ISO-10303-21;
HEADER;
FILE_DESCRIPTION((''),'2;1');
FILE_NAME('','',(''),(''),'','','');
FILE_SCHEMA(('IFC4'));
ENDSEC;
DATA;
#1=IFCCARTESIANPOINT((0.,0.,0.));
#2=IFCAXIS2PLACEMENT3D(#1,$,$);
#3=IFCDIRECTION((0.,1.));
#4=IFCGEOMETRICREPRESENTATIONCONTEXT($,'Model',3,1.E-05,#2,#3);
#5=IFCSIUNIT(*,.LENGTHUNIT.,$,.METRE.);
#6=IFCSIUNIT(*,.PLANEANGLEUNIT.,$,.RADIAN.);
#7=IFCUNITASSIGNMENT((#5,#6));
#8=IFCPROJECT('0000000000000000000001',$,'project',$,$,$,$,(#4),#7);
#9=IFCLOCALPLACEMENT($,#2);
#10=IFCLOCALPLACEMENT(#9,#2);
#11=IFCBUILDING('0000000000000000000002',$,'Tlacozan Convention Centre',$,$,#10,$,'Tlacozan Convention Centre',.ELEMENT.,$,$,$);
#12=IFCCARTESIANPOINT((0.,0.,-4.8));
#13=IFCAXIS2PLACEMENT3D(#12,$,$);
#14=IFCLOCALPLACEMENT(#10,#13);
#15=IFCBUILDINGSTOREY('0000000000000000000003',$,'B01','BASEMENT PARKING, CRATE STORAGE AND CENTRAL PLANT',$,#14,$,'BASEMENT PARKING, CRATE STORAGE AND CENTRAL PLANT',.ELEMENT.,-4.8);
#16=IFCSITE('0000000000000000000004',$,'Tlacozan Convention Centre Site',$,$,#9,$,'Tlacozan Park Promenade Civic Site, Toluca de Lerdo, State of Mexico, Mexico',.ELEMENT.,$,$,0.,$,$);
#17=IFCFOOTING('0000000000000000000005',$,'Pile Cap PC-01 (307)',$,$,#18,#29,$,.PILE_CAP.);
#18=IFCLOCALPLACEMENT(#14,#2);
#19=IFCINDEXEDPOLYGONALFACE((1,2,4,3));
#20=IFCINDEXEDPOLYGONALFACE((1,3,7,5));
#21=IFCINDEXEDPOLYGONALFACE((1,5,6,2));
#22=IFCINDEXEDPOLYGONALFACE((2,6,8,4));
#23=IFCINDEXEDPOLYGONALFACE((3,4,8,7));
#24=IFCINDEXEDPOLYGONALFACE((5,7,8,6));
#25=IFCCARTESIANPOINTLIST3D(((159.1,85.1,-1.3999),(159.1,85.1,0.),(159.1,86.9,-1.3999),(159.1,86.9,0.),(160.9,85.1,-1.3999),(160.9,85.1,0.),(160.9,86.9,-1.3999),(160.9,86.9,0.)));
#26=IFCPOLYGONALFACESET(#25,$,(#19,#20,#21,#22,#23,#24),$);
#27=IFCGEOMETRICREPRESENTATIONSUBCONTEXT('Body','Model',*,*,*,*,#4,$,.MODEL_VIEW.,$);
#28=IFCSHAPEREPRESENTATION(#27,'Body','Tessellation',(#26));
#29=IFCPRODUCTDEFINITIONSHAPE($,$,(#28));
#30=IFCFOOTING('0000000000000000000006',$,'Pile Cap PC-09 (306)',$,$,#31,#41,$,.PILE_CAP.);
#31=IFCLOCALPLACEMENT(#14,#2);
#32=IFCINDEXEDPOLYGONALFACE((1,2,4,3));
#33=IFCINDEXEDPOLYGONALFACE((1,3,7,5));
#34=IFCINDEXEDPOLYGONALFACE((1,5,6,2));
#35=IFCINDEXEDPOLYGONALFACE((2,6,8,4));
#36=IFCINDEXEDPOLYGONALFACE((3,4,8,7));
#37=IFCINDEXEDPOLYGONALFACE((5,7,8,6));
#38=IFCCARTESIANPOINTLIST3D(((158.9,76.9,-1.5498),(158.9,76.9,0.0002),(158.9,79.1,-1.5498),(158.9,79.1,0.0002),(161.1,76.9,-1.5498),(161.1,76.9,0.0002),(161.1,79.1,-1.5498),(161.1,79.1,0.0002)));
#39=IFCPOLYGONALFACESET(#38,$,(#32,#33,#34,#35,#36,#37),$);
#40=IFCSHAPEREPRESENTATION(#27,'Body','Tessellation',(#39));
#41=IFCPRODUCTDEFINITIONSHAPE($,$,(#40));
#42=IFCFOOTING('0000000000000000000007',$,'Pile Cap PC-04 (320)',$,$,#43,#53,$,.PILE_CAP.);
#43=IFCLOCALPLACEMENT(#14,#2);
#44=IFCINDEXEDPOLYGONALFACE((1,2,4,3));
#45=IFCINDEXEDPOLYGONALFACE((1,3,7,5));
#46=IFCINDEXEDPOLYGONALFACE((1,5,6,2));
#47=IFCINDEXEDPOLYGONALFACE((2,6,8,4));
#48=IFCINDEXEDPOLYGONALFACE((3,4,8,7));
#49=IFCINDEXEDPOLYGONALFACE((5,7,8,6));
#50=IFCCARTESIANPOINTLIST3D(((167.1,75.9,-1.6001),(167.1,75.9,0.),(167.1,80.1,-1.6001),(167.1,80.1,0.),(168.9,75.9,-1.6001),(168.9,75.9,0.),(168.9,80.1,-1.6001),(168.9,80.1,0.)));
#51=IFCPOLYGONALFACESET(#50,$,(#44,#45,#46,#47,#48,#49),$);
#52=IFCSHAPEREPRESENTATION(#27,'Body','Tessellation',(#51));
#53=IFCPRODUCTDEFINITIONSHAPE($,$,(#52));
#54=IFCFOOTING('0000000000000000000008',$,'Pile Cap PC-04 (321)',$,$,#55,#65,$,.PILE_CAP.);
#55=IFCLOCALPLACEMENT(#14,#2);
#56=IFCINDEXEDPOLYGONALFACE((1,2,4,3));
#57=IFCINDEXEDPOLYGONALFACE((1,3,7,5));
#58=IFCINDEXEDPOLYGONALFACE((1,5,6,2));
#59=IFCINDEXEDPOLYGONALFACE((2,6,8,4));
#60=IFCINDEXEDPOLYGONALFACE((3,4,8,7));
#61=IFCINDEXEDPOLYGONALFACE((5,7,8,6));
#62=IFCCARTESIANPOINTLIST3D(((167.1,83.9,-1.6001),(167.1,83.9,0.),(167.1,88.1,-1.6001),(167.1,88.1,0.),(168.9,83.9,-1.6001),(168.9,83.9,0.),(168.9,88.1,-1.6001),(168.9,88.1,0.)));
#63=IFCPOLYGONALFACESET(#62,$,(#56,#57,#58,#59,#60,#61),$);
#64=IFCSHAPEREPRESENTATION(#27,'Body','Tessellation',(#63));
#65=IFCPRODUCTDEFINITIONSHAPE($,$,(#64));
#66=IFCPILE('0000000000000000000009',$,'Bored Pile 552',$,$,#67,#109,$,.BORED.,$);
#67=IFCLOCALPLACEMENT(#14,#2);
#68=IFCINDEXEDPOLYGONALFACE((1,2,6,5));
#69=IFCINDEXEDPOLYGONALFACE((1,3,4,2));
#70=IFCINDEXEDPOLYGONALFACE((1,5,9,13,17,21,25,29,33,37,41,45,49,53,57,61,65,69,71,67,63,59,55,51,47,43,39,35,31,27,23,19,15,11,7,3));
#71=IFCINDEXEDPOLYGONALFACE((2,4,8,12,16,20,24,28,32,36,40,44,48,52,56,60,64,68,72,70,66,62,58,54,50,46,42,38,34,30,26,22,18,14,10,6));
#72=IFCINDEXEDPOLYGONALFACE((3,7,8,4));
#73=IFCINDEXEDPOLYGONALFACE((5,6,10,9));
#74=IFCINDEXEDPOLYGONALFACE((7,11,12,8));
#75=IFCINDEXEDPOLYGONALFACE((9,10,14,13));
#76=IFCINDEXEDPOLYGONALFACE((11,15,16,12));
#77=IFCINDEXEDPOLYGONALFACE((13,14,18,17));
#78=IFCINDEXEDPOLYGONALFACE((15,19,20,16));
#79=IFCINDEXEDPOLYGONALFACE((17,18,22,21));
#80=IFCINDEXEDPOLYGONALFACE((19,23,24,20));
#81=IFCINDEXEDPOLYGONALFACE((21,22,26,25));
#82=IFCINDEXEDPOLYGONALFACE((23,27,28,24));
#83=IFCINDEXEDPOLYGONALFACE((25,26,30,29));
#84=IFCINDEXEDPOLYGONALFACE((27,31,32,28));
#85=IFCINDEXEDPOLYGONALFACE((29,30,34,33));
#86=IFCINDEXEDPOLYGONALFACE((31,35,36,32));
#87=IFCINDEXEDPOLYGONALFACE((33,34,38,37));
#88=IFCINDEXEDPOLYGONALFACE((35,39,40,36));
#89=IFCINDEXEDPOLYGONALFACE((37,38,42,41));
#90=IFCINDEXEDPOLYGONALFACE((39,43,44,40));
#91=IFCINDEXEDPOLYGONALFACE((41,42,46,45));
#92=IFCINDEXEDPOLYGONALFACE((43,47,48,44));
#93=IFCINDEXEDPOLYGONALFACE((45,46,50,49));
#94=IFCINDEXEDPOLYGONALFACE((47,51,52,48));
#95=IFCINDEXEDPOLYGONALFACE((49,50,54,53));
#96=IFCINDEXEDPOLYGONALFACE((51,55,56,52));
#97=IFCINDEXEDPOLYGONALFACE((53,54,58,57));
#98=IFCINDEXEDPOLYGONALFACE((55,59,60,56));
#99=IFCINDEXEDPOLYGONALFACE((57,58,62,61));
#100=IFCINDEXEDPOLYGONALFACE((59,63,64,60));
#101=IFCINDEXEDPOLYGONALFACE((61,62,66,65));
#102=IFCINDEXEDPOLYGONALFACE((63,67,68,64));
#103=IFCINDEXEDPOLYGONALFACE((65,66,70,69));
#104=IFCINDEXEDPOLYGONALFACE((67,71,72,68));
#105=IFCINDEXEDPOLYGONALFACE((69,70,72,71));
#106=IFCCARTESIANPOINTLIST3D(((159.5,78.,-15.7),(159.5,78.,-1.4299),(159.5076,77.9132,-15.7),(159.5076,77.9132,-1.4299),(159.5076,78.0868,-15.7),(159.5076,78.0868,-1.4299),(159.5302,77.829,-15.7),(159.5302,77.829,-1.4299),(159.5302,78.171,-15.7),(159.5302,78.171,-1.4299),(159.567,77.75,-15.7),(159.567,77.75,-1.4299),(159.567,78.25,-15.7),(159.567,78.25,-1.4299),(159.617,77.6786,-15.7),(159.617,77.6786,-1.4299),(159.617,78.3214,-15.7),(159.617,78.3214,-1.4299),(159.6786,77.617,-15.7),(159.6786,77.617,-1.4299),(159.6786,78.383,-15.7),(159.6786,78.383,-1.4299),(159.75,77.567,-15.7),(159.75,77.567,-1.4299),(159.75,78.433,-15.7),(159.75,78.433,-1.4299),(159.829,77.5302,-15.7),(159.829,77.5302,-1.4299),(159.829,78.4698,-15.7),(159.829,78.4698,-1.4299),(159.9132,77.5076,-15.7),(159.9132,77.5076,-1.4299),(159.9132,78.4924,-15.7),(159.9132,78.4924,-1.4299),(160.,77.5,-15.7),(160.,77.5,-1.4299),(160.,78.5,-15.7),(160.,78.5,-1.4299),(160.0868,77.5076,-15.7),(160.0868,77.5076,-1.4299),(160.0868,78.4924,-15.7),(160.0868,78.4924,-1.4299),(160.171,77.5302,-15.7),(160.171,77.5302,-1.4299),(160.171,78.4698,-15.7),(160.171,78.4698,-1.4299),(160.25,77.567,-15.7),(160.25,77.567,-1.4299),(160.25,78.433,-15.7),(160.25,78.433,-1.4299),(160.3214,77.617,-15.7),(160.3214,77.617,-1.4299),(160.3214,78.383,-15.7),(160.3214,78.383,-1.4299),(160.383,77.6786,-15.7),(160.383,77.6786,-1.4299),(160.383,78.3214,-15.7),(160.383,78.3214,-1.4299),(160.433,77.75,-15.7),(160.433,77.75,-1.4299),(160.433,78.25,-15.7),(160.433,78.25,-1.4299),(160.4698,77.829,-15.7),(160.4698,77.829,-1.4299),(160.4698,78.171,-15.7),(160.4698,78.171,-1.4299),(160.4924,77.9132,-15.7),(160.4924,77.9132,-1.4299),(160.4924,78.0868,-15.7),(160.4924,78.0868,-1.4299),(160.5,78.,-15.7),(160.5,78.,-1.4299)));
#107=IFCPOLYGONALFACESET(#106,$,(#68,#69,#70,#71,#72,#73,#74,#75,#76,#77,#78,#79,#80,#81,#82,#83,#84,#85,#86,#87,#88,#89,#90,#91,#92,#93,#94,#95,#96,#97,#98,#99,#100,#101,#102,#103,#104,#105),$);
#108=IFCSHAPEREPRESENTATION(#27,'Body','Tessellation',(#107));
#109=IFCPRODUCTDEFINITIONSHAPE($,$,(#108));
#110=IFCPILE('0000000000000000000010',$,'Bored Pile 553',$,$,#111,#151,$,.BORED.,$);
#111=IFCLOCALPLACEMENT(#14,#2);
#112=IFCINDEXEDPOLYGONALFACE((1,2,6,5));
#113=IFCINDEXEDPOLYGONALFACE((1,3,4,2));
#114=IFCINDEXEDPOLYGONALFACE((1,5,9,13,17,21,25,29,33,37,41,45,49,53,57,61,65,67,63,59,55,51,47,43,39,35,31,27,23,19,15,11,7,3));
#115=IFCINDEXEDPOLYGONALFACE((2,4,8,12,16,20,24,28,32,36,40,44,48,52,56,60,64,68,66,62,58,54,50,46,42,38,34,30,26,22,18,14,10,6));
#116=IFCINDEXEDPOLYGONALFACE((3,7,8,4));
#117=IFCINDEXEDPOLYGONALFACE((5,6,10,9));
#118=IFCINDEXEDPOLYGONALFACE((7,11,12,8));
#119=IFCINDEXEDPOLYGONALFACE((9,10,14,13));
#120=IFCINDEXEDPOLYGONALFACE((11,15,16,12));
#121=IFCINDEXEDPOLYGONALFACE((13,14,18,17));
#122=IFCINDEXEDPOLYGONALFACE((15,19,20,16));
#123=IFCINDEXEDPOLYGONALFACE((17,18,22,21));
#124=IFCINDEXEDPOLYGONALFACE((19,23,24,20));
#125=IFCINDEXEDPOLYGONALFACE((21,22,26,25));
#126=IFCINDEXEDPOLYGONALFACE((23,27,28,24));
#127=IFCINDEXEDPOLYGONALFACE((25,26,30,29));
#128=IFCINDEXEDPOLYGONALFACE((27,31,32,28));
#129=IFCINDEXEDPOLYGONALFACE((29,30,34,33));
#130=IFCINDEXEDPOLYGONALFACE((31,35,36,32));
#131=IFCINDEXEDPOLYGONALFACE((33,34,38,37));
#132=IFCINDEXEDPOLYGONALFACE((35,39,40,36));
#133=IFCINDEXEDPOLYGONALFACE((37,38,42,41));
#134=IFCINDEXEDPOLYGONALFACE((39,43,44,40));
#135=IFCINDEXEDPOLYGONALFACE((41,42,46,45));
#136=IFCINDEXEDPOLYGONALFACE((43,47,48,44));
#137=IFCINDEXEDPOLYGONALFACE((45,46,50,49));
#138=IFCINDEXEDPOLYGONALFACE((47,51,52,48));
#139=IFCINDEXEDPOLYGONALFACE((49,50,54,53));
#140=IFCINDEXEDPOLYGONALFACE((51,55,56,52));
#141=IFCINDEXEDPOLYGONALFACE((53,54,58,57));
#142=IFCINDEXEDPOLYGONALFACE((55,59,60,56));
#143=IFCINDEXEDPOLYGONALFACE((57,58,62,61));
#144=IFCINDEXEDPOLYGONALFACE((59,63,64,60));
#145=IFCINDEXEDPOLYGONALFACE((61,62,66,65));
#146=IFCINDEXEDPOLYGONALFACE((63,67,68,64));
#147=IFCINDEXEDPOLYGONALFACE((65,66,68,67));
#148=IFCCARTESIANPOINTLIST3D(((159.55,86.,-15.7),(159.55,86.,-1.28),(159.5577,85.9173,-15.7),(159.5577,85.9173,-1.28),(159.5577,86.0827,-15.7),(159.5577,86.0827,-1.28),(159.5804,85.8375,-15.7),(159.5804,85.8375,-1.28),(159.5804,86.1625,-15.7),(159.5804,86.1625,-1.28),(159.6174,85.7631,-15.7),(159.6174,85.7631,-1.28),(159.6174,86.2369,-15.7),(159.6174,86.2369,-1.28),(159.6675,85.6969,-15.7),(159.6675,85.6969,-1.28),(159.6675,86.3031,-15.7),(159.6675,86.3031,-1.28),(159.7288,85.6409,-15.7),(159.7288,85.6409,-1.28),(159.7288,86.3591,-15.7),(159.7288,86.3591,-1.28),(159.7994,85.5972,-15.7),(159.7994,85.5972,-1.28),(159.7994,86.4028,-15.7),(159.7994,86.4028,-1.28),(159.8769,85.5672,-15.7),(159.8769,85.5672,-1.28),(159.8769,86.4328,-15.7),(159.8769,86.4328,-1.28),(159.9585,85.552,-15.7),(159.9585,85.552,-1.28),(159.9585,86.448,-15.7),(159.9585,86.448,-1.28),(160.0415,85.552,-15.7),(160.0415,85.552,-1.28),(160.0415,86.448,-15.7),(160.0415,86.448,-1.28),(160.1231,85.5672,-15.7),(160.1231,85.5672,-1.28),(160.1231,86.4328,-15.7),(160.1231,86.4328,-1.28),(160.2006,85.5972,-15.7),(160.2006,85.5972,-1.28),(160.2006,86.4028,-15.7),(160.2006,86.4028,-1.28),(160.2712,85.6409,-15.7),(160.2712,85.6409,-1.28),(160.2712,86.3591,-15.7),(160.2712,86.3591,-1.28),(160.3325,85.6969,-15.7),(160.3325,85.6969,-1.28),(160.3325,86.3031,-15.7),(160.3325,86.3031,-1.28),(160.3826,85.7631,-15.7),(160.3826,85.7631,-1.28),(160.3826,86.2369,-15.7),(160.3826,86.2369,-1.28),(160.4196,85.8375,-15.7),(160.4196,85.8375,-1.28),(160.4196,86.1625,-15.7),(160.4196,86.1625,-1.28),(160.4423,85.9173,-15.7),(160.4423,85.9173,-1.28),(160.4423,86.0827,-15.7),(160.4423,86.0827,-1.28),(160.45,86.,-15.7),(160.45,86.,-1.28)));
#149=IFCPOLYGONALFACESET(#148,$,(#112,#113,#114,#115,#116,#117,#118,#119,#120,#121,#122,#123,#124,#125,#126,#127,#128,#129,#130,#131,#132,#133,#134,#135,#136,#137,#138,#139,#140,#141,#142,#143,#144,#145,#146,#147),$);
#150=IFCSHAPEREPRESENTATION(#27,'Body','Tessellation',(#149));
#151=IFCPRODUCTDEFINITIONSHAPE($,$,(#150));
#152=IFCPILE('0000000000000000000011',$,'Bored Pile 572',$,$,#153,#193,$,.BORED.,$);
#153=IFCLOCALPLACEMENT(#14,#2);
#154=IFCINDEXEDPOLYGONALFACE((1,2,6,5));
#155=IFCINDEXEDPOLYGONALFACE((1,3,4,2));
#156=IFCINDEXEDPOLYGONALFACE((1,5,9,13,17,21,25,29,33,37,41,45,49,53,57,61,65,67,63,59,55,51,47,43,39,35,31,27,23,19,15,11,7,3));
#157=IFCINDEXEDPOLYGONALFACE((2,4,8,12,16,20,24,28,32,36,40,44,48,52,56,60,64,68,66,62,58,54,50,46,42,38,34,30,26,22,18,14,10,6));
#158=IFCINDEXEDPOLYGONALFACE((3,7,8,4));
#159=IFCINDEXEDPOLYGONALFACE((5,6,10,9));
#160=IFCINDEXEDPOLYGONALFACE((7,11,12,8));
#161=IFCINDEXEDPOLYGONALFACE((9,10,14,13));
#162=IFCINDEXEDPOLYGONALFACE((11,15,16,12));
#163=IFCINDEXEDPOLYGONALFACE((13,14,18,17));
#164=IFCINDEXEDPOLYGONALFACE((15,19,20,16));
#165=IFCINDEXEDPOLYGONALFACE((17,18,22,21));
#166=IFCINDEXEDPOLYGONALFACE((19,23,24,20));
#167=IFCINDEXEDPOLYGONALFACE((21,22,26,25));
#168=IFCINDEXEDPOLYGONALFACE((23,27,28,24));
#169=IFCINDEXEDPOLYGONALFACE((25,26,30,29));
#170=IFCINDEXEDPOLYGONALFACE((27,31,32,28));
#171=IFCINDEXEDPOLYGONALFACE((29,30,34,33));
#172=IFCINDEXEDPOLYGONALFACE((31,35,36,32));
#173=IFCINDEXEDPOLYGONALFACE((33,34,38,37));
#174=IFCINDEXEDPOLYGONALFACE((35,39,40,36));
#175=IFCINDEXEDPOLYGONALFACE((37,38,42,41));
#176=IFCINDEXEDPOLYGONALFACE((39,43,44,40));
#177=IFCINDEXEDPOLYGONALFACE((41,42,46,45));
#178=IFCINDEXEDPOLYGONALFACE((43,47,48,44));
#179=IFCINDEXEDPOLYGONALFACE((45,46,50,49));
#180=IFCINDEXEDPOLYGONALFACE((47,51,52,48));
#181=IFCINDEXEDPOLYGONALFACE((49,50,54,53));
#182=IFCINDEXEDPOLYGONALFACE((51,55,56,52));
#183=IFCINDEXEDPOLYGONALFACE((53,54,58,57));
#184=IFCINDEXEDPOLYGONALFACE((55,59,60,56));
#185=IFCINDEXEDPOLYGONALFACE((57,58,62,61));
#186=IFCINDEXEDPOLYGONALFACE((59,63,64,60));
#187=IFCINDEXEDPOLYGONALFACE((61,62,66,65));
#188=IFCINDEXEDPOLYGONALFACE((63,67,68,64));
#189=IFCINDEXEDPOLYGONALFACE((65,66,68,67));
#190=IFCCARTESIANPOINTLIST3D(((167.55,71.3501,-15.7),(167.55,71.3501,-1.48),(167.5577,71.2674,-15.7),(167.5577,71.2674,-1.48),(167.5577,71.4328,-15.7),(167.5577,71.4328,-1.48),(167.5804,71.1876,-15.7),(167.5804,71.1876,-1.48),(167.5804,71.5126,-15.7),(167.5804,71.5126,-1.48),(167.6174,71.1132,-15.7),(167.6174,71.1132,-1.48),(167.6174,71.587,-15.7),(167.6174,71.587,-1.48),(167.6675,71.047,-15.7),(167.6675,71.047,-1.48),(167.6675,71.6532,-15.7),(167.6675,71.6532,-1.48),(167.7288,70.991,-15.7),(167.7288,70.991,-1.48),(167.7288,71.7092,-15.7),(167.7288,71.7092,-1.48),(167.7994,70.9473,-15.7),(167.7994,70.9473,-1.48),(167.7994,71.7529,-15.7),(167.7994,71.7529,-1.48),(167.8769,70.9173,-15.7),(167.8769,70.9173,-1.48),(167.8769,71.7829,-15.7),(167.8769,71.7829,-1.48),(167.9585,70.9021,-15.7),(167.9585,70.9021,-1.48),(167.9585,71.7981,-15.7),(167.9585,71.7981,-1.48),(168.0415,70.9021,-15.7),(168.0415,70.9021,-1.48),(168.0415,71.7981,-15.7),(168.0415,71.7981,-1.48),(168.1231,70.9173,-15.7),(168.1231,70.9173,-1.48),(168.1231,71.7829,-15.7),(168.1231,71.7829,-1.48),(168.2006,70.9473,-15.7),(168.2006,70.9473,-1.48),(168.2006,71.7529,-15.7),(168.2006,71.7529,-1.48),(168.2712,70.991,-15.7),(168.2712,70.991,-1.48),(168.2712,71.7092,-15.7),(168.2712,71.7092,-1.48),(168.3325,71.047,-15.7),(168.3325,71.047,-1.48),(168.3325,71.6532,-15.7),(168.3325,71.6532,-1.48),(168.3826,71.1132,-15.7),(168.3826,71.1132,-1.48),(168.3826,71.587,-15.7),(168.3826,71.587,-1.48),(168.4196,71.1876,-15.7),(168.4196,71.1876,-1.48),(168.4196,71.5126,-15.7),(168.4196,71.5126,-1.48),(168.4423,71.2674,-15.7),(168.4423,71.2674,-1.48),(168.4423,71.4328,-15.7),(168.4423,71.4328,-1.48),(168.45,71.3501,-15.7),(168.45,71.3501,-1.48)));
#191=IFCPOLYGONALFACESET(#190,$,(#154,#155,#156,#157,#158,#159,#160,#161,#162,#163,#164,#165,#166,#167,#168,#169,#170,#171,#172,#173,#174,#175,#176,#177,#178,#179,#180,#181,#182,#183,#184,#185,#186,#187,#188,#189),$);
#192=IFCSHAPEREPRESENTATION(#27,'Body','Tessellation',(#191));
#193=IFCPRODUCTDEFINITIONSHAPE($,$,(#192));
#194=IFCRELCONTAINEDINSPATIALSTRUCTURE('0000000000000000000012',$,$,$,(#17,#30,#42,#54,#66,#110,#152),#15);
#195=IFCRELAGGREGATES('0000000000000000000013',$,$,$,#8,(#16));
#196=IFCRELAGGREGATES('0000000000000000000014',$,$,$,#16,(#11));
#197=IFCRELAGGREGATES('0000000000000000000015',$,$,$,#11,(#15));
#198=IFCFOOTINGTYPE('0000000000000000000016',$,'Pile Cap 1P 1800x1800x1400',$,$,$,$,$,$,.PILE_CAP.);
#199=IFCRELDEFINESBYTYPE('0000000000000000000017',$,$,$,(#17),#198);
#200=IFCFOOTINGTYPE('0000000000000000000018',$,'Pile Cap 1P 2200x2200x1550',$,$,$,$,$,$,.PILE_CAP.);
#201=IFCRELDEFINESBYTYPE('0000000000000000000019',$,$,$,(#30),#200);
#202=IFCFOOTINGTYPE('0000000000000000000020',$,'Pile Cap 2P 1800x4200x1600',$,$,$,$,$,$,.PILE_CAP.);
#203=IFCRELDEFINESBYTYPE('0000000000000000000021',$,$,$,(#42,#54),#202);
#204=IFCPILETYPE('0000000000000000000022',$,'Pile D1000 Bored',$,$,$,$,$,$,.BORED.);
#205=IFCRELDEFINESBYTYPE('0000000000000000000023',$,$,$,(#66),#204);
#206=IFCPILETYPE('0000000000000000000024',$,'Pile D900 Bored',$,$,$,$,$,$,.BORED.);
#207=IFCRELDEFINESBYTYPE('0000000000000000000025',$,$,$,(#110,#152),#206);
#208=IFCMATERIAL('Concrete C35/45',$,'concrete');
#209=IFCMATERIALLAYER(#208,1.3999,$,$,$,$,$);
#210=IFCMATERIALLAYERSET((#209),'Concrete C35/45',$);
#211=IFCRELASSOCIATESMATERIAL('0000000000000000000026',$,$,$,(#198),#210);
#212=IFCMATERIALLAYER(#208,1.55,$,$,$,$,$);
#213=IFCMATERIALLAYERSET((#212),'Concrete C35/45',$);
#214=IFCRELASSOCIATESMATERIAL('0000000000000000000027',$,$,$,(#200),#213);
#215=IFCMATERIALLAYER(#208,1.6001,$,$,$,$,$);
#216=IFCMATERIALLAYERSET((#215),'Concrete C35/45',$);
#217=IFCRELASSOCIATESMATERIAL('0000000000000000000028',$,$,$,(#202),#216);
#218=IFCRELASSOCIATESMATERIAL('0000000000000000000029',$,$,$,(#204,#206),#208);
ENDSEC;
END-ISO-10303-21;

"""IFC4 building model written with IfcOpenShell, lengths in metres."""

from ifc_helpers import new_model, si_unit, direction, frame, origin, origin_2d, place, context, subcontext, project, spatial, rectangle, circle, extrude, material, layer, layer_set, material_profile, profile_set, type_object, element, save


model = new_model("IFC4")

# Units and contexts
model_context = context("Model", 3, precision=1e-05, world=origin(), true_north=direction((0.0, 1.0)))
body_context = subcontext(model_context, "Body", "Model", "MODEL_VIEW")
ifc_project = project(units=[si_unit("LENGTHUNIT", "METRE"), si_unit("PLANEANGLEUNIT", "RADIAN")], contexts=[model_context])

# Site, building, storey
site_placement = place(None, origin())
site = spatial("IfcSite", under=ifc_project, at=site_placement, Name="Tlacozan Convention Centre Site", LongName="Tlacozan Park Promenade Civic Site, Toluca de Lerdo, State of Mexico, Mexico", CompositionType="ELEMENT", RefElevation=0.0)
building_placement = place(site_placement, origin())
building = spatial("IfcBuilding", under=site, at=building_placement, Name="Tlacozan Convention Centre", LongName="Tlacozan Convention Centre", CompositionType="ELEMENT")
storey_placement = place(building_placement, frame((0.0, 0.0, -4.8)))
storey = spatial("IfcBuildingStorey", under=building, at=storey_placement, Name="B01", Description="BASEMENT PARKING, CRATE STORAGE AND CENTRAL PLANT", LongName="BASEMENT PARKING, CRATE STORAGE AND CENTRAL PLANT", CompositionType="ELEMENT", Elevation=-4.8)

# Footings
ifc_material_1 = material(Name="Concrete C35/45", Category="concrete")
ifc_layer_1 = layer(ifc_material_1, 1.3999)
ifc_layer_set_1 = layer_set([ifc_layer_1], Name="Concrete C35/45")
footing_type_1 = type_object("IfcFootingType", Name="Pile Cap 1P 1800x1800x1400", PredefinedType="PILE_CAP", material=ifc_layer_set_1)
footing_1_placement = place(storey_placement, frame((160.0, 86.0, -1.3999), z_axis=(0.0, 0.0, 1.0), x_axis=(1.0, 0.0, 0.0)))
element("IfcFooting", 1, at=footing_1_placement, inside=storey, type_object=footing_type_1, Name="Pile Cap PC-01 (307)", PredefinedType="PILE_CAP", context=body_context, shape_type="SweptSolid", body=[
    extrude(rectangle(XDim=1.8, YDim=1.8, at=origin_2d()), origin(), (0.0, 0.0, 1.0), 1.3999),
])
ifc_layer_2 = layer(ifc_material_1, 1.55)
ifc_layer_set_2 = layer_set([ifc_layer_2], Name="Concrete C35/45")
footing_type_2 = type_object("IfcFootingType", Name="Pile Cap 1P 2200x2200x1550", PredefinedType="PILE_CAP", material=ifc_layer_set_2)
footing_2_placement = place(storey_placement, frame((160.0, 78.0, -1.5498), z_axis=(0.0, 0.0, 1.0), x_axis=(1.0, 0.0, 0.0)))
element("IfcFooting", 2, at=footing_2_placement, inside=storey, type_object=footing_type_2, Name="Pile Cap PC-09 (306)", PredefinedType="PILE_CAP", context=body_context, shape_type="SweptSolid", body=[
    extrude(rectangle(XDim=2.2, YDim=2.2, at=origin_2d()), origin(), (0.0, 0.0, 1.0), 1.55),
])
ifc_layer_3 = layer(ifc_material_1, 1.6001)
ifc_layer_set_3 = layer_set([ifc_layer_3], Name="Concrete C35/45")
footing_type_3 = type_object("IfcFootingType", Name="Pile Cap 2P 1800x4200x1600", PredefinedType="PILE_CAP", material=ifc_layer_set_3)
for number, where, z_axis, x_axis, name in (
    (3, (168.0, 78.0, -1.6001), (0.0, 0.0, 1.0), (1.0, 0.0, 0.0), "Pile Cap PC-04 (320)"),
    (4, (168.0, 86.0, -1.6001), (0.0, 0.0, 1.0), (1.0, 0.0, 0.0), "Pile Cap PC-04 (321)"),
):
    element("IfcFooting", number, at=place(storey_placement, frame(where, z_axis=z_axis, x_axis=x_axis)), inside=storey, type_object=footing_type_3, Name=name, PredefinedType="PILE_CAP", context=body_context, shape_type="SweptSolid", body=[
        extrude(rectangle(XDim=1.8, YDim=4.2, at=origin_2d()), origin(), (0.0, 0.0, 1.0), 1.6001),
    ])

# Piles
ifc_material_profile_1 = material_profile(ifc_material_1, circle(Radius=0.5, at=origin_2d()), Name="PILE D1000")
ifc_profile_set_1 = profile_set([ifc_material_profile_1], Name="Concrete C35/45")
pile_type_1 = type_object("IfcPileType", Name="Pile D1000 Bored", PredefinedType="BORED", material=ifc_profile_set_1)
pile_1_placement = place(storey_placement, frame((160.0, 78.0, -1.4299), z_axis=(0.0, 0.0, -1.0), x_axis=(1.0, 0.0, 0.0)))
element("IfcPile", 5, at=pile_1_placement, inside=storey, type_object=pile_type_1, Name="Bored Pile 552", PredefinedType="BORED", context=body_context, shape_type="SweptSolid", body=[
    extrude(circle(Radius=0.5, at=origin_2d()), origin(), (0.0, 0.0, 1.0), 14.27),
])
ifc_material_profile_2 = material_profile(ifc_material_1, circle(Radius=0.45, at=origin_2d()), Name="PILE D900")
ifc_profile_set_2 = profile_set([ifc_material_profile_2], Name="Concrete C35/45")
pile_type_2 = type_object("IfcPileType", Name="Pile D900 Bored", PredefinedType="BORED", material=ifc_profile_set_2)
pile_2_placement = place(storey_placement, frame((160.0, 86.0, -1.28), z_axis=(0.0, 0.0, -1.0), x_axis=(1.0, 0.0, 0.0)))
element("IfcPile", 6, at=pile_2_placement, inside=storey, type_object=pile_type_2, Name="Bored Pile 553", PredefinedType="BORED", context=body_context, shape_type="SweptSolid", body=[
    extrude(circle(Radius=0.45, at=origin_2d()), origin(), (0.0, 0.0, 1.0), 14.4199),
])
for number, where, z_axis, x_axis, name in (
    (7, (168.0, 71.3501, -1.48), (0.0, 0.0, -1.0), (1.0, 0.0, 0.0), "Bored Pile 572"),
):
    element("IfcPile", number, at=place(storey_placement, frame(where, z_axis=z_axis, x_axis=x_axis)), inside=storey, type_object=pile_type_2, Name=name, PredefinedType="BORED", context=body_context, shape_type="SweptSolid", body=[
        extrude(circle(Radius=0.45, at=origin_2d()), origin(), (0.0, 0.0, 1.0), 14.22),
    ])

save(model, "model.ifc")
